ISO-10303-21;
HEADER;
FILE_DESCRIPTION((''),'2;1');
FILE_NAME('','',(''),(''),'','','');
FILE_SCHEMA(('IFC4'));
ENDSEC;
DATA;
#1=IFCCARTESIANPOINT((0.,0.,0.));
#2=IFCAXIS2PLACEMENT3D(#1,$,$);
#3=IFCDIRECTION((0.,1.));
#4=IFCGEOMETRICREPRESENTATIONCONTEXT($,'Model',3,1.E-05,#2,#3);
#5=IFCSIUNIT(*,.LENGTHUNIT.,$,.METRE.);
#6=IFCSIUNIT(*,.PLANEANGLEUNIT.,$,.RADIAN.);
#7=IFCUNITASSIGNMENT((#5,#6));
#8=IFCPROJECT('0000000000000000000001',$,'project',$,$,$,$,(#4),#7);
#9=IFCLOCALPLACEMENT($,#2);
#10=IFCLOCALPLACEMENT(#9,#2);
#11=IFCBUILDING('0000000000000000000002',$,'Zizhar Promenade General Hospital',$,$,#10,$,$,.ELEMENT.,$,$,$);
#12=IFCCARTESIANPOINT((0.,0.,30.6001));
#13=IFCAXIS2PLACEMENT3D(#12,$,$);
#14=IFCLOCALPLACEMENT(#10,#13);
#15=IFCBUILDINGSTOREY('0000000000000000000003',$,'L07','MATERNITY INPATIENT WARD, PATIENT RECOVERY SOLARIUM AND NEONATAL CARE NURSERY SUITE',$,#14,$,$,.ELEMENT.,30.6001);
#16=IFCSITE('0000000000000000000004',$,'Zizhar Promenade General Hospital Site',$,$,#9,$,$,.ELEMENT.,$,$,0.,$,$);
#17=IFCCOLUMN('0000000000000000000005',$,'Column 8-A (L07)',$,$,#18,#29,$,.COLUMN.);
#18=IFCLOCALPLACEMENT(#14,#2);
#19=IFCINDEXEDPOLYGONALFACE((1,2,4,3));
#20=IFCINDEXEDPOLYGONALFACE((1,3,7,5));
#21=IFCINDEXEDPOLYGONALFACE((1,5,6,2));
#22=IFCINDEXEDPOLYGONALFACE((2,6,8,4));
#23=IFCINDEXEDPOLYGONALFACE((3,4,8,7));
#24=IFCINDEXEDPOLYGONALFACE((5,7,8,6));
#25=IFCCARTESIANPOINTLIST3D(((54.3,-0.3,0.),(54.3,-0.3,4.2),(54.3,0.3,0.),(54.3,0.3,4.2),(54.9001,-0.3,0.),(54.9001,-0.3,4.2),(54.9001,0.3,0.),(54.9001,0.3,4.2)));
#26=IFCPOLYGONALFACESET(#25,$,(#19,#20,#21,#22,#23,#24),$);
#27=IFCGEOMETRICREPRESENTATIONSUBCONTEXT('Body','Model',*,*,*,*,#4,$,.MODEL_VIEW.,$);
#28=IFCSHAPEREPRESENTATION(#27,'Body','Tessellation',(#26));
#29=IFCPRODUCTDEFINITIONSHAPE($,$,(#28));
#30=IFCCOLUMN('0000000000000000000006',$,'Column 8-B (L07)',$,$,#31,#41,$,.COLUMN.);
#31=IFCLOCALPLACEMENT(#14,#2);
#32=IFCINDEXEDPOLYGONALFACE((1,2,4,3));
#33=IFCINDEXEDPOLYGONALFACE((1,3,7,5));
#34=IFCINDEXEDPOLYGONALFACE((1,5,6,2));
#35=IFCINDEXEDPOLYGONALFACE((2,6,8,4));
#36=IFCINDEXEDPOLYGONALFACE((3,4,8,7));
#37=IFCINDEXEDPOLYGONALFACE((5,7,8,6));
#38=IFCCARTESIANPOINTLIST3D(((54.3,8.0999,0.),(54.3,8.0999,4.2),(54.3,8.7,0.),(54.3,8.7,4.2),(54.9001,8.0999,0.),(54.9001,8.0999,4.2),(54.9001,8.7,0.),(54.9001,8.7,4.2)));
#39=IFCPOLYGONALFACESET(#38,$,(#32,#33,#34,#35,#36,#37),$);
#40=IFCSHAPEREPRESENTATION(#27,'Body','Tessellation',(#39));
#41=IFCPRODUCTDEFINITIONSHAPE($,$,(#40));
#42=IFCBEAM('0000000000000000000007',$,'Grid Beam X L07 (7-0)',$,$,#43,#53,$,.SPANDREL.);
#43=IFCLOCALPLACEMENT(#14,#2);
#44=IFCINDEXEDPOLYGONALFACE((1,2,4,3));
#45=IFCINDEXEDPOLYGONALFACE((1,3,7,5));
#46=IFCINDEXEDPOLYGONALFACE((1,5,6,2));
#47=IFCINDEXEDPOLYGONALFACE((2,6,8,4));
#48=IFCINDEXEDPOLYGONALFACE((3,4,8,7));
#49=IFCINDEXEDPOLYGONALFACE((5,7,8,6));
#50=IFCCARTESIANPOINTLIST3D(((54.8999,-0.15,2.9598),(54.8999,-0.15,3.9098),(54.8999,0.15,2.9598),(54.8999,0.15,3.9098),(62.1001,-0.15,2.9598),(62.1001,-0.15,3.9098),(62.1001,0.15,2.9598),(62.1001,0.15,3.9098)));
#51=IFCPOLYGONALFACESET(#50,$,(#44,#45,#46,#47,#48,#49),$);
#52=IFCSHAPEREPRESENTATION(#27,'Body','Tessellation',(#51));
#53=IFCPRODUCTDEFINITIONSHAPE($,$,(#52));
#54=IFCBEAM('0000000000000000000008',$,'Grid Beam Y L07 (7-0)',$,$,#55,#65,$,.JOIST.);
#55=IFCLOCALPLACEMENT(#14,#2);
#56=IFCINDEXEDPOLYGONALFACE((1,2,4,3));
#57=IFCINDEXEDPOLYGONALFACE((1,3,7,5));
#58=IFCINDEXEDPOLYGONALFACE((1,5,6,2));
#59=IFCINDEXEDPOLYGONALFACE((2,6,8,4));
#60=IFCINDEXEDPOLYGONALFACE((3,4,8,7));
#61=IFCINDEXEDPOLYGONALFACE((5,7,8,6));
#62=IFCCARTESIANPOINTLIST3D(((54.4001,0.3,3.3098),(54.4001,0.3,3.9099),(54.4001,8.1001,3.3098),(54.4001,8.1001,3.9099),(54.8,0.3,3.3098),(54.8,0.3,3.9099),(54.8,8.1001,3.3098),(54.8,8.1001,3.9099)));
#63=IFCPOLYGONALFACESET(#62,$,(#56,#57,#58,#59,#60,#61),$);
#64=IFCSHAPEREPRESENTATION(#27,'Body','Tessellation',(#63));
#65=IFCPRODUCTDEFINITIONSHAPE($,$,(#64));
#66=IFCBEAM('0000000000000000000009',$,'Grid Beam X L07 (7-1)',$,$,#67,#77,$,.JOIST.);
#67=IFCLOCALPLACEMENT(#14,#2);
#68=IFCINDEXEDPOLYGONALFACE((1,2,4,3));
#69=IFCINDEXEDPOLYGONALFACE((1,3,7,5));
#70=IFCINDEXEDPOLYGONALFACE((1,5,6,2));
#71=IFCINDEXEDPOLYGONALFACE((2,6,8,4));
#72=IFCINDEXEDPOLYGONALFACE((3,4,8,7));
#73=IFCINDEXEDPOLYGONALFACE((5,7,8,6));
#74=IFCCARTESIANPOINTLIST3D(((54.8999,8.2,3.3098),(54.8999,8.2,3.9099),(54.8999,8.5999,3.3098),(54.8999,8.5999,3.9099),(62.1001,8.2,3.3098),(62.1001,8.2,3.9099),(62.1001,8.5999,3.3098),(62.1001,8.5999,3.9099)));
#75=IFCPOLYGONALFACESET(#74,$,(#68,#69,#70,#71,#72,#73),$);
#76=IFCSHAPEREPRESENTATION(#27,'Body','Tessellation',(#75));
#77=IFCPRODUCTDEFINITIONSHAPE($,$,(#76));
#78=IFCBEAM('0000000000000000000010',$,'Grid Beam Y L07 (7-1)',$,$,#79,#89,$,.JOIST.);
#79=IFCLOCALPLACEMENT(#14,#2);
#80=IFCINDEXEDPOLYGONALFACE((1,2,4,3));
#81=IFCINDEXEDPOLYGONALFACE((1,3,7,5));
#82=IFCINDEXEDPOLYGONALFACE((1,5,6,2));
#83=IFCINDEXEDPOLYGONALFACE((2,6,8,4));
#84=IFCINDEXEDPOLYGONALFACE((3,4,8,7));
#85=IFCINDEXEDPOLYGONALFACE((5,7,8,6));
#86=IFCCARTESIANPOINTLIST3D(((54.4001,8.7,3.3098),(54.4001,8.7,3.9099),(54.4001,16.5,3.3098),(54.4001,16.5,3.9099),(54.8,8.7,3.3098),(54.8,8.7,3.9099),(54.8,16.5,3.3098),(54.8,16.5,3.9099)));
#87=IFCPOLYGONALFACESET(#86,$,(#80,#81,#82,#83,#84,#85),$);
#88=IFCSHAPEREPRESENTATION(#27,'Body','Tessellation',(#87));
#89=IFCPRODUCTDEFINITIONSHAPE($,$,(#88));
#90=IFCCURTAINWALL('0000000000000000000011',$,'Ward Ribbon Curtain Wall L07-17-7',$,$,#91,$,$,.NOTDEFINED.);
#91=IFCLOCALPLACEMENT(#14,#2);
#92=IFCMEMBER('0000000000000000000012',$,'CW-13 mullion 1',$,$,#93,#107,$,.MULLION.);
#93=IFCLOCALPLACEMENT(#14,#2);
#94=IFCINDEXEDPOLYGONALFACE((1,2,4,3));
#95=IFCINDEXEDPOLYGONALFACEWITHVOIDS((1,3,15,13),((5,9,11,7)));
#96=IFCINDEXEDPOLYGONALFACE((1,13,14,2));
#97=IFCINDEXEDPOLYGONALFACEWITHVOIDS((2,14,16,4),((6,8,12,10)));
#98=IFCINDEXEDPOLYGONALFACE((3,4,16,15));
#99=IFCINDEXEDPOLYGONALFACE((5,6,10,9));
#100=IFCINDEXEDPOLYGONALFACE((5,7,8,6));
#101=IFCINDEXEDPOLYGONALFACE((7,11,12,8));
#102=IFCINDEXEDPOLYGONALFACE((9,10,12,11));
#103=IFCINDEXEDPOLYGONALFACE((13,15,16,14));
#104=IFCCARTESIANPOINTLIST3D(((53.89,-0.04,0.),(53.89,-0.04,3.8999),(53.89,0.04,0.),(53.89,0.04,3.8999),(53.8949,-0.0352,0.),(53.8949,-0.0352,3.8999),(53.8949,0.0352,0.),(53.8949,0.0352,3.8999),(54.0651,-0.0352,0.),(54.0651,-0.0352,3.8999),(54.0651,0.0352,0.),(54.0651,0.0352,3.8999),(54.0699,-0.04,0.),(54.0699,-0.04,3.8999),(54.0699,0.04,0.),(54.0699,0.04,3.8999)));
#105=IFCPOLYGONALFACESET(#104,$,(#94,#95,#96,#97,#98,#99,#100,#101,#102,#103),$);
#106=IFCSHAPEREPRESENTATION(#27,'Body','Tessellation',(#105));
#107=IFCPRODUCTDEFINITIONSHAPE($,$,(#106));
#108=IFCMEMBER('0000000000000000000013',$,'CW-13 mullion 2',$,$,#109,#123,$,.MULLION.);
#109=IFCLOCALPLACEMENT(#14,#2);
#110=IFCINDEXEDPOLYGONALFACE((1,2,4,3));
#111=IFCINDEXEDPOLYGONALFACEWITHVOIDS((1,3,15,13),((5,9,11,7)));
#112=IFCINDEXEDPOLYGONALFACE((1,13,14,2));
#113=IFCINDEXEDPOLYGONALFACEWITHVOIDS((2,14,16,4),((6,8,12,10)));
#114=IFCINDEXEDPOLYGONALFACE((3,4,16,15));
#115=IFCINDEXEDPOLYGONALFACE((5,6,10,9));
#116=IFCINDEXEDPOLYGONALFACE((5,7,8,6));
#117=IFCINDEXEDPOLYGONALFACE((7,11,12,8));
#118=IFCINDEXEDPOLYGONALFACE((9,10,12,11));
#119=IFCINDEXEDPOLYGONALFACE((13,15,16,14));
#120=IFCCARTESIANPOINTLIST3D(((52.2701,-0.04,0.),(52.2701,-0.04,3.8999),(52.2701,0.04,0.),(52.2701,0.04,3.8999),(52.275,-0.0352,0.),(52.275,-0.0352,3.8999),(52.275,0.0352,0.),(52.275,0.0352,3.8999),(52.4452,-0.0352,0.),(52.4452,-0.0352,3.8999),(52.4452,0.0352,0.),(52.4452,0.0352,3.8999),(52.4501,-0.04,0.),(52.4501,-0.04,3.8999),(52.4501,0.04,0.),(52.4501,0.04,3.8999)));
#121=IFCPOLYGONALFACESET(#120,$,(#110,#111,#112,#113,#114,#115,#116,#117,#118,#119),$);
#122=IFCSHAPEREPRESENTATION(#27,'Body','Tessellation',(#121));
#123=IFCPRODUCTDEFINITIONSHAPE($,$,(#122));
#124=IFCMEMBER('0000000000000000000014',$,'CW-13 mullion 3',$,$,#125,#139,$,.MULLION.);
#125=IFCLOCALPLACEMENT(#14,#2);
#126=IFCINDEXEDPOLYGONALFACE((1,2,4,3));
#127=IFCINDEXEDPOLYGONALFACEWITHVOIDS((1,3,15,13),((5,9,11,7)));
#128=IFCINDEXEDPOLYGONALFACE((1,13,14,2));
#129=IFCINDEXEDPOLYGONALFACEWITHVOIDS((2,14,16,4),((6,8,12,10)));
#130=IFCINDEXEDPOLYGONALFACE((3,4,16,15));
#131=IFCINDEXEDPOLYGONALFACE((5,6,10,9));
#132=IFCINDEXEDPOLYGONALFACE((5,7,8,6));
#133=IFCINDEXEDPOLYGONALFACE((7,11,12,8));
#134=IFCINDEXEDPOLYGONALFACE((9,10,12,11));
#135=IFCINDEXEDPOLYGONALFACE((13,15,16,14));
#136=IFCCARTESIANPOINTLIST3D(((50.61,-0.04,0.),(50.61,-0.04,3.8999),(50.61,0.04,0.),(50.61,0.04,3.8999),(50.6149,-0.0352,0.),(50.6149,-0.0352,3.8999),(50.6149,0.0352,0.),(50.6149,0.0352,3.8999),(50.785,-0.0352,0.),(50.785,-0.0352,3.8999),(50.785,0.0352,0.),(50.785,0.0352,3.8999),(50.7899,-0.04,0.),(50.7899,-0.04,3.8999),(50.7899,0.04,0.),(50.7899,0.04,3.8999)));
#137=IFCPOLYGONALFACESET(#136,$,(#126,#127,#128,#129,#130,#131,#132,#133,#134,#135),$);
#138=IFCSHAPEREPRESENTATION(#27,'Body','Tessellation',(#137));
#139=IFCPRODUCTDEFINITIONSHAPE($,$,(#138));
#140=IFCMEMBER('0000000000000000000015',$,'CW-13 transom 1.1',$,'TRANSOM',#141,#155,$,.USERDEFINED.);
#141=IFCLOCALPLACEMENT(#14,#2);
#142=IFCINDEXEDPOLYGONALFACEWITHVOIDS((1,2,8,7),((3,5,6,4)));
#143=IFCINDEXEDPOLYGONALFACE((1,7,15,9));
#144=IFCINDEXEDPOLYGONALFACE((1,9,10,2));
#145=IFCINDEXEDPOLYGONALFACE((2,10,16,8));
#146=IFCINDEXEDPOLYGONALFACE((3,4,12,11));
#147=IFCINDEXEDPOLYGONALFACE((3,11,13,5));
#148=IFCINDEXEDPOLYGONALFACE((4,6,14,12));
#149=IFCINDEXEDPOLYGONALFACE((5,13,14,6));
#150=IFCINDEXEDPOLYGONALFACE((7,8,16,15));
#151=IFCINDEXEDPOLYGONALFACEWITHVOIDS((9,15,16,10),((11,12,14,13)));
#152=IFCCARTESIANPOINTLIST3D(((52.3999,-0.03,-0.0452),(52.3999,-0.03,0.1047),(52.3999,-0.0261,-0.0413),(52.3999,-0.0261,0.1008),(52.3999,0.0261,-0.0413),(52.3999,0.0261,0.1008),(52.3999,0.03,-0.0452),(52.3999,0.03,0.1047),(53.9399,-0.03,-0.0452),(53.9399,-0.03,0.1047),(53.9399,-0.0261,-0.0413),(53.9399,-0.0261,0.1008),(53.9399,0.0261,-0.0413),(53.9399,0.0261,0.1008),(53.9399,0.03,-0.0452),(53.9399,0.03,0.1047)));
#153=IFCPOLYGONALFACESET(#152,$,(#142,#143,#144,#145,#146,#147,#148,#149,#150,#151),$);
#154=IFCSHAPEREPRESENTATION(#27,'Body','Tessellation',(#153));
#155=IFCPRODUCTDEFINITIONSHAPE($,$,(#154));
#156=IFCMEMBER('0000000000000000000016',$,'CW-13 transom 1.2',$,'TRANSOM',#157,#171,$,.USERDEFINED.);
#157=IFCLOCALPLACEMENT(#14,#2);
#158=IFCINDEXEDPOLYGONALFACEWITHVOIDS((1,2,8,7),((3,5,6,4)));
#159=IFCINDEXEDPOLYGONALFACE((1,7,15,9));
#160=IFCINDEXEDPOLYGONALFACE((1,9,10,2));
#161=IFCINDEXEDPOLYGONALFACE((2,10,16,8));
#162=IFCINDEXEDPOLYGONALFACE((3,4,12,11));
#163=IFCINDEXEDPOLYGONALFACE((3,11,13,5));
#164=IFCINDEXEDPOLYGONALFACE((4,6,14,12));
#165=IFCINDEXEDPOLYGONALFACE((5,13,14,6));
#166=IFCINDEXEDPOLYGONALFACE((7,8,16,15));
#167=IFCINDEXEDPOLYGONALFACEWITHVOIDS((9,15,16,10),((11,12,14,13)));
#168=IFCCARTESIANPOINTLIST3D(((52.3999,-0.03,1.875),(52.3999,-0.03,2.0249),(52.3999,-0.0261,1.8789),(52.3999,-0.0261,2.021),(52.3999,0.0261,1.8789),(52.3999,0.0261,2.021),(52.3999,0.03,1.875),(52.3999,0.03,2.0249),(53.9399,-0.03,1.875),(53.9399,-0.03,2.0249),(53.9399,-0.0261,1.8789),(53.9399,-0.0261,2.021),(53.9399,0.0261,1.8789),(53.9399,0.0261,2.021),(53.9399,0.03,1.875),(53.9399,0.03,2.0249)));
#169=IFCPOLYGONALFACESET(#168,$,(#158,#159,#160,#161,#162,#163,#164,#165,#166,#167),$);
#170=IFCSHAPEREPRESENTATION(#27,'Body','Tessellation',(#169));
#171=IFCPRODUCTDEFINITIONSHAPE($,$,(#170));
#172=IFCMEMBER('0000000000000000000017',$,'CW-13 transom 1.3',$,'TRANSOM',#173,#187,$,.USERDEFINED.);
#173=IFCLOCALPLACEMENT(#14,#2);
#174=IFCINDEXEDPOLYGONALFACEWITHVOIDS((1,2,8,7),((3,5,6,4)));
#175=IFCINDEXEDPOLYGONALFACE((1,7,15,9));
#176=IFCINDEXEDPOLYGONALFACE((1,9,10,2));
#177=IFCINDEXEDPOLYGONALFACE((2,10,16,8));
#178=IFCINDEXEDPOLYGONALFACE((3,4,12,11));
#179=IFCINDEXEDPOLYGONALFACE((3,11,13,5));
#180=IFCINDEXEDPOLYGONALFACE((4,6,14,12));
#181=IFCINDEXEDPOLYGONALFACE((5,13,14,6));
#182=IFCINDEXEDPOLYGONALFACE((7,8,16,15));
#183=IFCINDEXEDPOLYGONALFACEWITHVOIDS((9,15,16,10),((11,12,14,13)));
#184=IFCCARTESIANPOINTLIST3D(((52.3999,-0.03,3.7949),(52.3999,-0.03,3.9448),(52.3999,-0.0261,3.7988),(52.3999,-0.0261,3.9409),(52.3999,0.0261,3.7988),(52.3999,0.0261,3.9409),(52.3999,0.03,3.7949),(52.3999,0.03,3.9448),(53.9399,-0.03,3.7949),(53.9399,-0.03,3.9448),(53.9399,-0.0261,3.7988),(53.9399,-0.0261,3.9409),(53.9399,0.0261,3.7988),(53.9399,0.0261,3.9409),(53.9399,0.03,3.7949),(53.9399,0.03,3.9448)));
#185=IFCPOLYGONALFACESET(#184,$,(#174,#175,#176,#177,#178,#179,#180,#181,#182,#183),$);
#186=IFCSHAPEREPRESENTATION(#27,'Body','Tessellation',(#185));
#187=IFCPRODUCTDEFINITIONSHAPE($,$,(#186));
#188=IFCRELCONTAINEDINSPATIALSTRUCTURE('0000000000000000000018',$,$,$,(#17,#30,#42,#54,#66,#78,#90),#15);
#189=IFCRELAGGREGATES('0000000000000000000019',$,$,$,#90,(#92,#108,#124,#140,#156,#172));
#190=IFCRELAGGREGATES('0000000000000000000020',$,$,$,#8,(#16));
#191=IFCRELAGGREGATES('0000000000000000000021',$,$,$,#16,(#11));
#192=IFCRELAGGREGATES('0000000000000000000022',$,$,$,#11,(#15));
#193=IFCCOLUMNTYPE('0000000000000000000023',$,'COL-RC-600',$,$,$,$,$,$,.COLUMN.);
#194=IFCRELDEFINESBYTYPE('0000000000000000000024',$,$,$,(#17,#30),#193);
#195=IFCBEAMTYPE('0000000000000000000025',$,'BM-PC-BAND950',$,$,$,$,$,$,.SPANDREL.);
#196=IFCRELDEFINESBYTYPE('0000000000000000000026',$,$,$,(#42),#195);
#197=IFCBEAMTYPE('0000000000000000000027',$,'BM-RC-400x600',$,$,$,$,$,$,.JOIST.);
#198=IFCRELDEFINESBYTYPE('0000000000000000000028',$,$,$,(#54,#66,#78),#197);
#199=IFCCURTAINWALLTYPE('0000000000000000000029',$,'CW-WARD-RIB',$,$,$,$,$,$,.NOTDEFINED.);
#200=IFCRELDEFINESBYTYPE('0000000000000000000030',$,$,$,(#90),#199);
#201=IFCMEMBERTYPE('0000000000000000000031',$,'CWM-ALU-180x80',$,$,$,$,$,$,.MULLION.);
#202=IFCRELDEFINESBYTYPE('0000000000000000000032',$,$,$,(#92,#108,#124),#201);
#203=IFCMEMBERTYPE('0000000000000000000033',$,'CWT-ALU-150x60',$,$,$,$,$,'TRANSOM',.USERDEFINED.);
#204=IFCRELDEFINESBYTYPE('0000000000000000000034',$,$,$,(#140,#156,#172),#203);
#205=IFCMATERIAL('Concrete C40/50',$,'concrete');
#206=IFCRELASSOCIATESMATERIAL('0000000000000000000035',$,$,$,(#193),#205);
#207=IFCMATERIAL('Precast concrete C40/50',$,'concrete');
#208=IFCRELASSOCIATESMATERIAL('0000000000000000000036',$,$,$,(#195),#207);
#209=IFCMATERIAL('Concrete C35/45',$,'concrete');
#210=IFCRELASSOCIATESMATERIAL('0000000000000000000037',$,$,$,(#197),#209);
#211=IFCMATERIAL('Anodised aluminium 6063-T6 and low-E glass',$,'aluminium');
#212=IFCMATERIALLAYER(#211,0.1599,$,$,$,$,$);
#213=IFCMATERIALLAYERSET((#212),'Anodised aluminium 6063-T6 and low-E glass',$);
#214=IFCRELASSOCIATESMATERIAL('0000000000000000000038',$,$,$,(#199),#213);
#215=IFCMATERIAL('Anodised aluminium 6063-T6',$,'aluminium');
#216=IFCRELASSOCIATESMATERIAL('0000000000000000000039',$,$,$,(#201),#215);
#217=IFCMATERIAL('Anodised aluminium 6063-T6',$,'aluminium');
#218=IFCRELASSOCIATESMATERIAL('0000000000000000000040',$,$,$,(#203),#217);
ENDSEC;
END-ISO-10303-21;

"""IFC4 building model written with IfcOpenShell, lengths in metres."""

from ifc_helpers import new_model, si_unit, direction, frame, origin, origin_2d, place, context, subcontext, project, spatial, rectangle, hollow_rectangle, extrude, material, layer, layer_set, material_profile, profile_set, type_object, element, aggregate, save


model = new_model("IFC4")

# Units and contexts
model_context = context("Model", 3, precision=1e-05, world=origin(), true_north=direction((0.0, 1.0)))
body_context = subcontext(model_context, "Body", "Model", "MODEL_VIEW")
ifc_project = project(units=[si_unit("LENGTHUNIT", "METRE"), si_unit("PLANEANGLEUNIT", "RADIAN")], contexts=[model_context])

# Site, building, storey
site_placement = place(None, origin())
site = spatial("IfcSite", under=ifc_project, at=site_placement, Name="Zizhar Promenade General Hospital Site", CompositionType="ELEMENT", RefElevation=0.0)
building_placement = place(site_placement, origin())
building = spatial("IfcBuilding", under=site, at=building_placement, Name="Zizhar Promenade General Hospital", CompositionType="ELEMENT")
storey_placement = place(building_placement, frame((0.0, 0.0, 30.6001)))
storey = spatial("IfcBuildingStorey", under=building, at=storey_placement, Name="L07", Description="MATERNITY INPATIENT WARD, PATIENT RECOVERY SOLARIUM AND NEONATAL CARE NURSERY SUITE", CompositionType="ELEMENT", Elevation=30.6001)

# Columns
ifc_material_1 = material(Name="Concrete C40/50", Category="concrete")
ifc_material_profile_1 = material_profile(ifc_material_1, rectangle(XDim=0.6001, YDim=0.6001, at=origin_2d()))
ifc_profile_set_1 = profile_set([ifc_material_profile_1], Name="Concrete C40/50")
column_type = type_object("IfcColumnType", Name="COL-RC-600", PredefinedType="COLUMN", material=ifc_profile_set_1)
for number, where, z_axis, x_axis, name in (
    (1, (54.6001, 0.0, 0.0), (0.0, 0.0, 1.0), (1.0, 0.0, 0.0), "Column 8-A (L07)"),
    (2, (54.6001, 8.3999, 0.0), (0.0, 0.0, 1.0), (1.0, 0.0, 0.0), "Column 8-B (L07)"),
):
    element("IfcColumn", number, at=place(storey_placement, frame(where, z_axis=z_axis, x_axis=x_axis)), inside=storey, type_object=column_type, Name=name, PredefinedType="COLUMN", context=body_context, shape_type="SweptSolid", body=[
        extrude(rectangle(XDim=0.6001, YDim=0.6001, at=origin_2d()), origin(), (0.0, 0.0, 1.0), 4.2),
    ])

# Beams
ifc_material_2 = material(Name="Precast concrete C40/50", Category="concrete")
ifc_material_profile_2 = material_profile(ifc_material_2, rectangle(XDim=0.3, YDim=0.95, at=origin_2d()))
ifc_profile_set_2 = profile_set([ifc_material_profile_2], Name="Precast concrete C40/50")
beam_type_1 = type_object("IfcBeamType", Name="BM-PC-BAND950", PredefinedType="SPANDREL", material=ifc_profile_set_2)
beam_1_placement = place(storey_placement, frame((54.8999, 0.0, 3.4348), z_axis=(1.0, 0.0, 0.0), x_axis=(0.0, 1.0, 0.0)))
element("IfcBeam", 3, at=beam_1_placement, inside=storey, type_object=beam_type_1, Name="Grid Beam X L07 (7-0)", PredefinedType="SPANDREL", context=body_context, shape_type="SweptSolid", body=[
    extrude(rectangle(XDim=0.3, YDim=0.95, at=origin_2d()), origin(), (0.0, 0.0, 1.0), 7.2002),
])
ifc_material_3 = material(Name="Concrete C35/45", Category="concrete")
ifc_material_profile_3 = material_profile(ifc_material_3, rectangle(XDim=0.3999, YDim=0.6001, at=origin_2d()))
ifc_profile_set_3 = profile_set([ifc_material_profile_3], Name="Concrete C35/45")
beam_type_2 = type_object("IfcBeamType", Name="BM-RC-400x600", PredefinedType="JOIST", material=ifc_profile_set_3)
beam_2_placement = place(storey_placement, frame((54.6001, 0.3, 3.6099), z_axis=(0.0, 1.0, 0.0), x_axis=(-1.0, 0.0, 0.0)))
element("IfcBeam", 4, at=beam_2_placement, inside=storey, type_object=beam_type_2, Name="Grid Beam Y L07 (7-0)", PredefinedType="JOIST", context=body_context, shape_type="SweptSolid", body=[
    extrude(rectangle(XDim=0.3999, YDim=0.6001, at=origin_2d()), origin(), (0.0, 0.0, 1.0), 7.8),
])
beam_3_placement = place(storey_placement, frame((54.8999, 8.3999, 3.6099), z_axis=(1.0, 0.0, 0.0), x_axis=(0.0, 1.0, 0.0)))
element("IfcBeam", 5, at=beam_3_placement, inside=storey, type_object=beam_type_2, Name="Grid Beam X L07 (7-1)", PredefinedType="JOIST", context=body_context, shape_type="SweptSolid", body=[
    extrude(rectangle(XDim=0.3999, YDim=0.6001, at=origin_2d()), origin(), (0.0, 0.0, 1.0), 7.2002),
])
beam_4_placement = place(storey_placement, frame((54.6001, 8.7, 3.6099), z_axis=(0.0, 1.0, 0.0), x_axis=(-1.0, 0.0, 0.0)))
element("IfcBeam", 6, at=beam_4_placement, inside=storey, type_object=beam_type_2, Name="Grid Beam Y L07 (7-1)", PredefinedType="JOIST", context=body_context, shape_type="SweptSolid", body=[
    extrude(rectangle(XDim=0.3999, YDim=0.6001, at=origin_2d()), origin(), (0.0, 0.0, 1.0), 7.8),
])

# Curtain wall, members
ifc_material_4 = material(Name="Anodised aluminium 6063-T6 and low-E glass", Category="aluminium")
ifc_layer_1 = layer(ifc_material_4, 0.1599)
ifc_layer_set_1 = layer_set([ifc_layer_1], Name="Anodised aluminium 6063-T6 and low-E glass")
curtain_wall_type = type_object("IfcCurtainWallType", Name="CW-WARD-RIB", PredefinedType="NOTDEFINED", material=ifc_layer_set_1)
curtain_wall_placement = place(storey_placement, origin())
curtain_wall = element("IfcCurtainWall", 7, at=curtain_wall_placement, inside=storey, type_object=curtain_wall_type, Name="Ward Ribbon Curtain Wall L07-17-7", PredefinedType="NOTDEFINED")
ifc_material_5 = material(Name="Anodised aluminium 6063-T6", Category="aluminium")
ifc_material_profile_4 = material_profile(ifc_material_5, hollow_rectangle(XDim=0.0801, YDim=0.1799, WallThickness=0.0049, at=origin_2d()))
ifc_profile_set_4 = profile_set([ifc_material_profile_4], Name="Anodised aluminium 6063-T6")
member_type_1 = type_object("IfcMemberType", Name="CWM-ALU-180x80", PredefinedType="MULLION", material=ifc_profile_set_4)
member_1_placement = place(storey_placement, frame((53.98, 0.0, 0.0), z_axis=(0.0, 0.0, 1.0), x_axis=(0.0, -1.0, 0.0)))
member_1 = element("IfcMember", 8, at=member_1_placement, type_object=member_type_1, Name="CW-13 mullion 1", PredefinedType="MULLION", context=body_context, shape_type="SweptSolid", body=[
    extrude(hollow_rectangle(XDim=0.0801, YDim=0.1799, WallThickness=0.0049, at=origin_2d()), origin(), (0.0, 0.0, 1.0), 3.8999),
])
member_2_placement = place(storey_placement, frame((52.3601, 0.0, 0.0), z_axis=(0.0, 0.0, 1.0), x_axis=(0.0, -1.0, 0.0)))
member_2 = element("IfcMember", 9, at=member_2_placement, type_object=member_type_1, Name="CW-13 mullion 2", PredefinedType="MULLION", context=body_context, shape_type="SweptSolid", body=[
    extrude(hollow_rectangle(XDim=0.0801, YDim=0.1799, WallThickness=0.0049, at=origin_2d()), origin(), (0.0, 0.0, 1.0), 3.8999),
])
member_3_placement = place(storey_placement, frame((50.7, 0.0, 0.0), z_axis=(0.0, 0.0, 1.0), x_axis=(0.0, -1.0, 0.0)))
member_3 = element("IfcMember", 10, at=member_3_placement, type_object=member_type_1, Name="CW-13 mullion 3", PredefinedType="MULLION", context=body_context, shape_type="SweptSolid", body=[
    extrude(hollow_rectangle(XDim=0.0801, YDim=0.1799, WallThickness=0.0049, at=origin_2d()), origin(), (0.0, 0.0, 1.0), 3.8999),
])
ifc_material_6 = material(Name="Anodised aluminium 6063-T6", Category="aluminium")
ifc_material_profile_5 = material_profile(ifc_material_6, hollow_rectangle(XDim=0.0601, YDim=0.1499, WallThickness=0.0039, at=origin_2d()))
ifc_profile_set_5 = profile_set([ifc_material_profile_5], Name="Anodised aluminium 6063-T6")
member_type_2 = type_object("IfcMemberType", Name="CWT-ALU-150x60", ElementType="TRANSOM", PredefinedType="USERDEFINED", material=ifc_profile_set_5)
member_4_placement = place(storey_placement, frame((53.9399, 0.0, 0.0298), z_axis=(-1.0, 0.0, 0.0), x_axis=(0.0, -1.0, 0.0)))
member_4 = element("IfcMember", 11, at=member_4_placement, type_object=member_type_2, Name="CW-13 transom 1.1", ObjectType="TRANSOM", PredefinedType="USERDEFINED", context=body_context, shape_type="SweptSolid", body=[
    extrude(hollow_rectangle(XDim=0.0601, YDim=0.1499, WallThickness=0.0039, at=origin_2d()), origin(), (0.0, 0.0, 1.0), 1.54),
])
member_5_placement = place(storey_placement, frame((53.9399, 0.0, 1.95), z_axis=(-1.0, 0.0, 0.0), x_axis=(0.0, -1.0, 0.0)))
member_5 = element("IfcMember", 12, at=member_5_placement, type_object=member_type_2, Name="CW-13 transom 1.2", ObjectType="TRANSOM", PredefinedType="USERDEFINED", context=body_context, shape_type="SweptSolid", body=[
    extrude(hollow_rectangle(XDim=0.0601, YDim=0.1499, WallThickness=0.0039, at=origin_2d()), origin(), (0.0, 0.0, 1.0), 1.54),
])
member_6_placement = place(storey_placement, frame((53.9399, 0.0, 3.8699), z_axis=(-1.0, 0.0, 0.0), x_axis=(0.0, -1.0, 0.0)))
member_6 = element("IfcMember", 13, at=member_6_placement, type_object=member_type_2, Name="CW-13 transom 1.3", ObjectType="TRANSOM", PredefinedType="USERDEFINED", context=body_context, shape_type="SweptSolid", body=[
    extrude(hollow_rectangle(XDim=0.0601, YDim=0.1499, WallThickness=0.0039, at=origin_2d()), origin(), (0.0, 0.0, 1.0), 1.54),
])
aggregate(curtain_wall, [member_1, member_2, member_3, member_4, member_5, member_6])

save(model, "model.ifc")
